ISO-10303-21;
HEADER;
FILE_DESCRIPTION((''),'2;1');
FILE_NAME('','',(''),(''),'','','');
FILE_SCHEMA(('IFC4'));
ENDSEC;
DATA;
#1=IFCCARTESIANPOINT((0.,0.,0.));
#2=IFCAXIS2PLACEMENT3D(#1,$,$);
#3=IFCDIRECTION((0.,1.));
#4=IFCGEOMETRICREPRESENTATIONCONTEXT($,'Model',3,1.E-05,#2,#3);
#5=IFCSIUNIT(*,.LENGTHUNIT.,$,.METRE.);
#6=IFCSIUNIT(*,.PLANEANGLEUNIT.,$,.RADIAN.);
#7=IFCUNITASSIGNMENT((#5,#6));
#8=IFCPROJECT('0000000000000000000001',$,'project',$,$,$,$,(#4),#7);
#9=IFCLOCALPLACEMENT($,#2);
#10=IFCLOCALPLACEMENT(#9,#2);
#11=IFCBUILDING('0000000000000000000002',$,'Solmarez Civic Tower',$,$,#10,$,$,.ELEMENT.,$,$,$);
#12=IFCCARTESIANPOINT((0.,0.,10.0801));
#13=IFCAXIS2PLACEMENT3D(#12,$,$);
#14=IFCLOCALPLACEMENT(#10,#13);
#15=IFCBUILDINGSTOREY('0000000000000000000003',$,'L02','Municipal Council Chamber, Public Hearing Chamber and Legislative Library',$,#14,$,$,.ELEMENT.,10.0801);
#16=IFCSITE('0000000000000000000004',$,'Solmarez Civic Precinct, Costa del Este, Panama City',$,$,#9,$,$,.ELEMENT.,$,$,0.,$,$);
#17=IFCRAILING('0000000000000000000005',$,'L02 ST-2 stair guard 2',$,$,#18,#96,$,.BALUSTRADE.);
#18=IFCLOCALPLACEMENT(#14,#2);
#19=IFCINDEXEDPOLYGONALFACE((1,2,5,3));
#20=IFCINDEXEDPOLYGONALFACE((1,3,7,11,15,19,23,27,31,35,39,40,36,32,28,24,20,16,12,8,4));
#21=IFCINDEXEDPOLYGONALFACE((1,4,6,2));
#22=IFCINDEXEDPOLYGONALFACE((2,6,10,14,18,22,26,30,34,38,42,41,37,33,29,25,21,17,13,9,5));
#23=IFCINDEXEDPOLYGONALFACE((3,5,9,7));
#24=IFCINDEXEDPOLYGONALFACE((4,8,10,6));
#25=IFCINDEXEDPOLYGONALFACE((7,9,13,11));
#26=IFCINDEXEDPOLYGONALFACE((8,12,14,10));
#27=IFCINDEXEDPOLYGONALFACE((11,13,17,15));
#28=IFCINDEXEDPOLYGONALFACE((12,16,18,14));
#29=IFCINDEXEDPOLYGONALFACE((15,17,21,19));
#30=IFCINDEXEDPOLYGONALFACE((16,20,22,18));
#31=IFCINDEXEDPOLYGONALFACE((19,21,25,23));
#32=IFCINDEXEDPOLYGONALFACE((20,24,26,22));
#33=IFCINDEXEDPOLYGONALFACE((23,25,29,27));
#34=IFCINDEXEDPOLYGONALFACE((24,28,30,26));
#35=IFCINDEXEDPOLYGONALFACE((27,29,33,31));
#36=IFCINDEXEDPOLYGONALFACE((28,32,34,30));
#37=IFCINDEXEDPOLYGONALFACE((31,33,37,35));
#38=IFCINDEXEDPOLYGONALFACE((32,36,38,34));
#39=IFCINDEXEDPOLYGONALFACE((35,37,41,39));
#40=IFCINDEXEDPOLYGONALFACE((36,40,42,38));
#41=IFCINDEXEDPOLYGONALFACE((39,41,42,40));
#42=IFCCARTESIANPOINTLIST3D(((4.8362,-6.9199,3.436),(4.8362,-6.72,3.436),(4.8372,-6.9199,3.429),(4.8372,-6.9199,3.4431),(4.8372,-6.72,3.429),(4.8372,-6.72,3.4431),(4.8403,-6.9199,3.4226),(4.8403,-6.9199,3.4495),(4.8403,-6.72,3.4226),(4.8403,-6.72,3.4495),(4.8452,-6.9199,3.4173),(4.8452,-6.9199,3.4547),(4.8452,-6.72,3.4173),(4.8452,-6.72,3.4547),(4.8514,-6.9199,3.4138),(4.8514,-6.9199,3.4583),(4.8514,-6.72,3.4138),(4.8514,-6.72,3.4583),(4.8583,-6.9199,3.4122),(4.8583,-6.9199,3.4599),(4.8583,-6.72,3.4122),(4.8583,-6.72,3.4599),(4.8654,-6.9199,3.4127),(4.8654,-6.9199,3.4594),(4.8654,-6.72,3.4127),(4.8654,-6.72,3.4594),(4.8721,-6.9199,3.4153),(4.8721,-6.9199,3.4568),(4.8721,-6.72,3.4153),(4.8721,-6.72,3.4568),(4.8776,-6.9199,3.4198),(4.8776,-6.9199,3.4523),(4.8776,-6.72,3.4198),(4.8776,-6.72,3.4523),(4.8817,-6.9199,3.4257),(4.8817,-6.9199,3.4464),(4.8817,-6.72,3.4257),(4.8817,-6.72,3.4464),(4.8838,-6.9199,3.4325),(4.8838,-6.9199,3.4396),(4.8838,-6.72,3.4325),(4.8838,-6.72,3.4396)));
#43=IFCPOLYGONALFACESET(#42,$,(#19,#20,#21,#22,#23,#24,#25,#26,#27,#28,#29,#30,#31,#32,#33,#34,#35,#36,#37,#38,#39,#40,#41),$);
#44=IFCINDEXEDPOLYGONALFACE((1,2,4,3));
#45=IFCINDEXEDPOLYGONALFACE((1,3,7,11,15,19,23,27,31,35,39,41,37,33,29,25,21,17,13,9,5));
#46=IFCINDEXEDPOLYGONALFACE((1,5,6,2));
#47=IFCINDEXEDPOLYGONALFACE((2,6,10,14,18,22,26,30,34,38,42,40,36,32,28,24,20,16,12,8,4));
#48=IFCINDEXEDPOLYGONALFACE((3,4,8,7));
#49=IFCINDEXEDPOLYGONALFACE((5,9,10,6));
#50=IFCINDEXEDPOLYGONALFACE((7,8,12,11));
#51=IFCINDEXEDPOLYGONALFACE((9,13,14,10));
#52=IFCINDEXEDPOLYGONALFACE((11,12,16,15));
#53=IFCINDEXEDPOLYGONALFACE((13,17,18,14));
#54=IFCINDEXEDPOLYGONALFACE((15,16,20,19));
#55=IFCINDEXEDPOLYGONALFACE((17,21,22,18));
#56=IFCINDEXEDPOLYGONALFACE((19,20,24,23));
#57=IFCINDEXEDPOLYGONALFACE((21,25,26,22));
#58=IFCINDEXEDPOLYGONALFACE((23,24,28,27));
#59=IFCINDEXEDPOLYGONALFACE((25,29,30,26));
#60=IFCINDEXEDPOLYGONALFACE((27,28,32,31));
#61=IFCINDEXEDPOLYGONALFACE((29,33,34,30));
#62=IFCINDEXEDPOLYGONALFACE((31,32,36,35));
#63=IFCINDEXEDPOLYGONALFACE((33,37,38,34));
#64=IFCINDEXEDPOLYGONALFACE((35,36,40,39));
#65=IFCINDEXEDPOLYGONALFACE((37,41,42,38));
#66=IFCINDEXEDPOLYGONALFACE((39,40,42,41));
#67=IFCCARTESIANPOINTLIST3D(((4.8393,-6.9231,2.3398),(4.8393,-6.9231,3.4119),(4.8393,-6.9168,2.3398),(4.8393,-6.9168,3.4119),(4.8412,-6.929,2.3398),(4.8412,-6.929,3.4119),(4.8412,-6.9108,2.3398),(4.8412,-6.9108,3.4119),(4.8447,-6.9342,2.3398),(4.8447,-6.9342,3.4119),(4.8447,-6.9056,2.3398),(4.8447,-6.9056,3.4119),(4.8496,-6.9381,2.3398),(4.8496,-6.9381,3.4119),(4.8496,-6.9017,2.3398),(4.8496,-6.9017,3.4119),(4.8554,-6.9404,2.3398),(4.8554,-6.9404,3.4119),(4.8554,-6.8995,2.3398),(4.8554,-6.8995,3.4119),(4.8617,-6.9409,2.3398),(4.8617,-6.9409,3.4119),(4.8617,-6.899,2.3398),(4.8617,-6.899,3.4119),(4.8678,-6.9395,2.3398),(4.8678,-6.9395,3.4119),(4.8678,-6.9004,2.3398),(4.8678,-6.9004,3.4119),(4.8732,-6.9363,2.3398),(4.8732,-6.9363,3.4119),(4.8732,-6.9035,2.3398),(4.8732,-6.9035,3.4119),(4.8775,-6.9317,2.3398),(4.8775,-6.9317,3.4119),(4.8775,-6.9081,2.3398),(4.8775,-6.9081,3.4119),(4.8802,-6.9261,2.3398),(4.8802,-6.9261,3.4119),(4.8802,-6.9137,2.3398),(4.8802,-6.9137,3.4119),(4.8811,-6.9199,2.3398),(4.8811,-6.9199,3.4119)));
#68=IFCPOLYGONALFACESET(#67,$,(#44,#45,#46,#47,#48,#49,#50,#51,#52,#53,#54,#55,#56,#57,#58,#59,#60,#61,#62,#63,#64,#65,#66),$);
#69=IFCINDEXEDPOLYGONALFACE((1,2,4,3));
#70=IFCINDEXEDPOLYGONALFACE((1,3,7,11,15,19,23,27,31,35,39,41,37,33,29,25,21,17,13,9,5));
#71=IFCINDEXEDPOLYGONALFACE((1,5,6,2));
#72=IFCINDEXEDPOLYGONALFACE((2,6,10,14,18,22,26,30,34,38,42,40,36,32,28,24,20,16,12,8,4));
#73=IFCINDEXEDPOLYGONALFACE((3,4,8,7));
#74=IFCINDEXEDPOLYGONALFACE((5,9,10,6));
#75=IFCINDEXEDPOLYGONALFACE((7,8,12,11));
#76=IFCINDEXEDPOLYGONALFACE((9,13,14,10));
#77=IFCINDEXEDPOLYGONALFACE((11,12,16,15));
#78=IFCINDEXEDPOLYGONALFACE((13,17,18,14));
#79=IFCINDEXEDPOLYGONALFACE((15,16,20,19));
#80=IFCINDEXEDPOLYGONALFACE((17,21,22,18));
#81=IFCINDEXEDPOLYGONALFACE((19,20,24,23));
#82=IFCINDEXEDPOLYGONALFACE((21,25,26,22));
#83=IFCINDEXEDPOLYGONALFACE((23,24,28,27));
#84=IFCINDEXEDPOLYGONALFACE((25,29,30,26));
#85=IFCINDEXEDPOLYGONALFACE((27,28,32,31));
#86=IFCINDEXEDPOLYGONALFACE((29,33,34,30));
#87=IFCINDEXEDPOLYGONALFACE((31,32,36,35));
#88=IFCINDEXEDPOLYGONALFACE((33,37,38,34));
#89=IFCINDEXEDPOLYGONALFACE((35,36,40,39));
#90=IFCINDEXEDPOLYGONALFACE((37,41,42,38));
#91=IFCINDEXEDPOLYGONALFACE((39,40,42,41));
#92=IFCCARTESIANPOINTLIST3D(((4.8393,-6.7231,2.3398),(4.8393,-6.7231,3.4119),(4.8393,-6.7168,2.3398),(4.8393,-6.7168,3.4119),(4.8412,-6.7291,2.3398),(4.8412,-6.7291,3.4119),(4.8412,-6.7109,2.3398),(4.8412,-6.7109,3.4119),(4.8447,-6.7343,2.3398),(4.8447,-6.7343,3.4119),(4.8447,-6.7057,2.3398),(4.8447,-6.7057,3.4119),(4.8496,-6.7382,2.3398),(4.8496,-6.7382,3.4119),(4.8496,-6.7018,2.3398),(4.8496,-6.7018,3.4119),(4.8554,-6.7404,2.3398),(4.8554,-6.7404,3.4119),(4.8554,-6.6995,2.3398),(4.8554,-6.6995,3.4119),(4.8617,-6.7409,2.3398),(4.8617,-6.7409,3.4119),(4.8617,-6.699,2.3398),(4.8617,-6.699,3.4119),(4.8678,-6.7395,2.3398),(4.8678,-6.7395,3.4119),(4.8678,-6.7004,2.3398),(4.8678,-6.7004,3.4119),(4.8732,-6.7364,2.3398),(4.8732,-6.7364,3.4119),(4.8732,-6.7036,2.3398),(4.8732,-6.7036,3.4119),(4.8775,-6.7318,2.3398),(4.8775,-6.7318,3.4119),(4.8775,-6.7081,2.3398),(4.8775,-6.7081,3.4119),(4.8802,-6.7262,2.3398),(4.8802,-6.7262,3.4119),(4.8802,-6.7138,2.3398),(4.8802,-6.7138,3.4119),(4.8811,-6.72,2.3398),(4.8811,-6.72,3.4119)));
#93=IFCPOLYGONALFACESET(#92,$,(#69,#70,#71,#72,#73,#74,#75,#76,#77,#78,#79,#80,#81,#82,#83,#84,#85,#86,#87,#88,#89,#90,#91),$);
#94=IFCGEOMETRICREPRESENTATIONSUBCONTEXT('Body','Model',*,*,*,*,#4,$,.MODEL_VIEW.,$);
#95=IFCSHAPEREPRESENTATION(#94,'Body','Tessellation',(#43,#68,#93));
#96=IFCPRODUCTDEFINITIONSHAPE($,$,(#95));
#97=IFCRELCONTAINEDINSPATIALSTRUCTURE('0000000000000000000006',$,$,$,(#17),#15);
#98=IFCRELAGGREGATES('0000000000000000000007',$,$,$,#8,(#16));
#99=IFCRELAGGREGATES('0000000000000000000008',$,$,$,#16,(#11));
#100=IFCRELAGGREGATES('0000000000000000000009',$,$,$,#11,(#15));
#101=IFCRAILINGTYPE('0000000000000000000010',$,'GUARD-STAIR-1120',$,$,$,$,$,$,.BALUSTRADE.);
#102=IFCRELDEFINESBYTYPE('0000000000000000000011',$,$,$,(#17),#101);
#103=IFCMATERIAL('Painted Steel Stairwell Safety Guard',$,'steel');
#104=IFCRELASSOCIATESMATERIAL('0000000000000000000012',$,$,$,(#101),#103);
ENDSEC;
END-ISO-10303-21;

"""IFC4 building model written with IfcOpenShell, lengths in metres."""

from ifc_helpers import new_model, si_unit, direction, frame, origin, origin_2d, place, context, subcontext, project, spatial, circle, extrude, material, type_object, element, save


model = new_model("IFC4")

# Units and contexts
model_context = context("Model", 3, precision=1e-05, world=origin(), true_north=direction((0.0, 1.0)))
body_context = subcontext(model_context, "Body", "Model", "MODEL_VIEW")
ifc_project = project(units=[si_unit("LENGTHUNIT", "METRE"), si_unit("PLANEANGLEUNIT", "RADIAN")], contexts=[model_context])

# Site, building, storey
site_placement = place(None, origin())
site = spatial("IfcSite", under=ifc_project, at=site_placement, Name="Solmarez Civic Precinct, Costa del Este, Panama City", CompositionType="ELEMENT", RefElevation=0.0)
building_placement = place(site_placement, origin())
building = spatial("IfcBuilding", under=site, at=building_placement, Name="Solmarez Civic Tower", CompositionType="ELEMENT")
storey_placement = place(building_placement, frame((0.0, 0.0, 10.0801)))
storey = spatial("IfcBuildingStorey", under=building, at=storey_placement, Name="L02", Description="Municipal Council Chamber, Public Hearing Chamber and Legislative Library", CompositionType="ELEMENT", Elevation=10.0801)

# Railing
ifc_material_1 = material(Name="Painted Steel Stairwell Safety Guard", Category="steel")
railing_type_1 = type_object("IfcRailingType", Name="GUARD-STAIR-1120", PredefinedType="BALUSTRADE", material=ifc_material_1)
railing_1_placement = place(storey_placement, frame((4.8601, -6.9199, 2.3398)))
element("IfcRailing", 1, at=railing_1_placement, inside=storey, type_object=railing_type_1, Name="L02 ST-2 stair guard 2", PredefinedType="BALUSTRADE", context=body_context, shape_type="SweptSolid", body=[
    extrude(circle(Radius=0.0239, at=origin_2d()), frame((0.0, 0.0, 1.0962), z_axis=(0.0, 1.0, 0.0), x_axis=(-1.0, 0.0, 0.0)), (0.0, 0.0, 1.0), 0.2),
    extrude(circle(Radius=0.021, at=origin_2d()), origin(), (0.0, 0.0, 1.0), 1.072),
    extrude(circle(Radius=0.021, at=origin_2d()), frame((0.0, 0.2, 0.0)), (0.0, 0.0, 1.0), 1.072),
])

save(model, "model.ifc")
